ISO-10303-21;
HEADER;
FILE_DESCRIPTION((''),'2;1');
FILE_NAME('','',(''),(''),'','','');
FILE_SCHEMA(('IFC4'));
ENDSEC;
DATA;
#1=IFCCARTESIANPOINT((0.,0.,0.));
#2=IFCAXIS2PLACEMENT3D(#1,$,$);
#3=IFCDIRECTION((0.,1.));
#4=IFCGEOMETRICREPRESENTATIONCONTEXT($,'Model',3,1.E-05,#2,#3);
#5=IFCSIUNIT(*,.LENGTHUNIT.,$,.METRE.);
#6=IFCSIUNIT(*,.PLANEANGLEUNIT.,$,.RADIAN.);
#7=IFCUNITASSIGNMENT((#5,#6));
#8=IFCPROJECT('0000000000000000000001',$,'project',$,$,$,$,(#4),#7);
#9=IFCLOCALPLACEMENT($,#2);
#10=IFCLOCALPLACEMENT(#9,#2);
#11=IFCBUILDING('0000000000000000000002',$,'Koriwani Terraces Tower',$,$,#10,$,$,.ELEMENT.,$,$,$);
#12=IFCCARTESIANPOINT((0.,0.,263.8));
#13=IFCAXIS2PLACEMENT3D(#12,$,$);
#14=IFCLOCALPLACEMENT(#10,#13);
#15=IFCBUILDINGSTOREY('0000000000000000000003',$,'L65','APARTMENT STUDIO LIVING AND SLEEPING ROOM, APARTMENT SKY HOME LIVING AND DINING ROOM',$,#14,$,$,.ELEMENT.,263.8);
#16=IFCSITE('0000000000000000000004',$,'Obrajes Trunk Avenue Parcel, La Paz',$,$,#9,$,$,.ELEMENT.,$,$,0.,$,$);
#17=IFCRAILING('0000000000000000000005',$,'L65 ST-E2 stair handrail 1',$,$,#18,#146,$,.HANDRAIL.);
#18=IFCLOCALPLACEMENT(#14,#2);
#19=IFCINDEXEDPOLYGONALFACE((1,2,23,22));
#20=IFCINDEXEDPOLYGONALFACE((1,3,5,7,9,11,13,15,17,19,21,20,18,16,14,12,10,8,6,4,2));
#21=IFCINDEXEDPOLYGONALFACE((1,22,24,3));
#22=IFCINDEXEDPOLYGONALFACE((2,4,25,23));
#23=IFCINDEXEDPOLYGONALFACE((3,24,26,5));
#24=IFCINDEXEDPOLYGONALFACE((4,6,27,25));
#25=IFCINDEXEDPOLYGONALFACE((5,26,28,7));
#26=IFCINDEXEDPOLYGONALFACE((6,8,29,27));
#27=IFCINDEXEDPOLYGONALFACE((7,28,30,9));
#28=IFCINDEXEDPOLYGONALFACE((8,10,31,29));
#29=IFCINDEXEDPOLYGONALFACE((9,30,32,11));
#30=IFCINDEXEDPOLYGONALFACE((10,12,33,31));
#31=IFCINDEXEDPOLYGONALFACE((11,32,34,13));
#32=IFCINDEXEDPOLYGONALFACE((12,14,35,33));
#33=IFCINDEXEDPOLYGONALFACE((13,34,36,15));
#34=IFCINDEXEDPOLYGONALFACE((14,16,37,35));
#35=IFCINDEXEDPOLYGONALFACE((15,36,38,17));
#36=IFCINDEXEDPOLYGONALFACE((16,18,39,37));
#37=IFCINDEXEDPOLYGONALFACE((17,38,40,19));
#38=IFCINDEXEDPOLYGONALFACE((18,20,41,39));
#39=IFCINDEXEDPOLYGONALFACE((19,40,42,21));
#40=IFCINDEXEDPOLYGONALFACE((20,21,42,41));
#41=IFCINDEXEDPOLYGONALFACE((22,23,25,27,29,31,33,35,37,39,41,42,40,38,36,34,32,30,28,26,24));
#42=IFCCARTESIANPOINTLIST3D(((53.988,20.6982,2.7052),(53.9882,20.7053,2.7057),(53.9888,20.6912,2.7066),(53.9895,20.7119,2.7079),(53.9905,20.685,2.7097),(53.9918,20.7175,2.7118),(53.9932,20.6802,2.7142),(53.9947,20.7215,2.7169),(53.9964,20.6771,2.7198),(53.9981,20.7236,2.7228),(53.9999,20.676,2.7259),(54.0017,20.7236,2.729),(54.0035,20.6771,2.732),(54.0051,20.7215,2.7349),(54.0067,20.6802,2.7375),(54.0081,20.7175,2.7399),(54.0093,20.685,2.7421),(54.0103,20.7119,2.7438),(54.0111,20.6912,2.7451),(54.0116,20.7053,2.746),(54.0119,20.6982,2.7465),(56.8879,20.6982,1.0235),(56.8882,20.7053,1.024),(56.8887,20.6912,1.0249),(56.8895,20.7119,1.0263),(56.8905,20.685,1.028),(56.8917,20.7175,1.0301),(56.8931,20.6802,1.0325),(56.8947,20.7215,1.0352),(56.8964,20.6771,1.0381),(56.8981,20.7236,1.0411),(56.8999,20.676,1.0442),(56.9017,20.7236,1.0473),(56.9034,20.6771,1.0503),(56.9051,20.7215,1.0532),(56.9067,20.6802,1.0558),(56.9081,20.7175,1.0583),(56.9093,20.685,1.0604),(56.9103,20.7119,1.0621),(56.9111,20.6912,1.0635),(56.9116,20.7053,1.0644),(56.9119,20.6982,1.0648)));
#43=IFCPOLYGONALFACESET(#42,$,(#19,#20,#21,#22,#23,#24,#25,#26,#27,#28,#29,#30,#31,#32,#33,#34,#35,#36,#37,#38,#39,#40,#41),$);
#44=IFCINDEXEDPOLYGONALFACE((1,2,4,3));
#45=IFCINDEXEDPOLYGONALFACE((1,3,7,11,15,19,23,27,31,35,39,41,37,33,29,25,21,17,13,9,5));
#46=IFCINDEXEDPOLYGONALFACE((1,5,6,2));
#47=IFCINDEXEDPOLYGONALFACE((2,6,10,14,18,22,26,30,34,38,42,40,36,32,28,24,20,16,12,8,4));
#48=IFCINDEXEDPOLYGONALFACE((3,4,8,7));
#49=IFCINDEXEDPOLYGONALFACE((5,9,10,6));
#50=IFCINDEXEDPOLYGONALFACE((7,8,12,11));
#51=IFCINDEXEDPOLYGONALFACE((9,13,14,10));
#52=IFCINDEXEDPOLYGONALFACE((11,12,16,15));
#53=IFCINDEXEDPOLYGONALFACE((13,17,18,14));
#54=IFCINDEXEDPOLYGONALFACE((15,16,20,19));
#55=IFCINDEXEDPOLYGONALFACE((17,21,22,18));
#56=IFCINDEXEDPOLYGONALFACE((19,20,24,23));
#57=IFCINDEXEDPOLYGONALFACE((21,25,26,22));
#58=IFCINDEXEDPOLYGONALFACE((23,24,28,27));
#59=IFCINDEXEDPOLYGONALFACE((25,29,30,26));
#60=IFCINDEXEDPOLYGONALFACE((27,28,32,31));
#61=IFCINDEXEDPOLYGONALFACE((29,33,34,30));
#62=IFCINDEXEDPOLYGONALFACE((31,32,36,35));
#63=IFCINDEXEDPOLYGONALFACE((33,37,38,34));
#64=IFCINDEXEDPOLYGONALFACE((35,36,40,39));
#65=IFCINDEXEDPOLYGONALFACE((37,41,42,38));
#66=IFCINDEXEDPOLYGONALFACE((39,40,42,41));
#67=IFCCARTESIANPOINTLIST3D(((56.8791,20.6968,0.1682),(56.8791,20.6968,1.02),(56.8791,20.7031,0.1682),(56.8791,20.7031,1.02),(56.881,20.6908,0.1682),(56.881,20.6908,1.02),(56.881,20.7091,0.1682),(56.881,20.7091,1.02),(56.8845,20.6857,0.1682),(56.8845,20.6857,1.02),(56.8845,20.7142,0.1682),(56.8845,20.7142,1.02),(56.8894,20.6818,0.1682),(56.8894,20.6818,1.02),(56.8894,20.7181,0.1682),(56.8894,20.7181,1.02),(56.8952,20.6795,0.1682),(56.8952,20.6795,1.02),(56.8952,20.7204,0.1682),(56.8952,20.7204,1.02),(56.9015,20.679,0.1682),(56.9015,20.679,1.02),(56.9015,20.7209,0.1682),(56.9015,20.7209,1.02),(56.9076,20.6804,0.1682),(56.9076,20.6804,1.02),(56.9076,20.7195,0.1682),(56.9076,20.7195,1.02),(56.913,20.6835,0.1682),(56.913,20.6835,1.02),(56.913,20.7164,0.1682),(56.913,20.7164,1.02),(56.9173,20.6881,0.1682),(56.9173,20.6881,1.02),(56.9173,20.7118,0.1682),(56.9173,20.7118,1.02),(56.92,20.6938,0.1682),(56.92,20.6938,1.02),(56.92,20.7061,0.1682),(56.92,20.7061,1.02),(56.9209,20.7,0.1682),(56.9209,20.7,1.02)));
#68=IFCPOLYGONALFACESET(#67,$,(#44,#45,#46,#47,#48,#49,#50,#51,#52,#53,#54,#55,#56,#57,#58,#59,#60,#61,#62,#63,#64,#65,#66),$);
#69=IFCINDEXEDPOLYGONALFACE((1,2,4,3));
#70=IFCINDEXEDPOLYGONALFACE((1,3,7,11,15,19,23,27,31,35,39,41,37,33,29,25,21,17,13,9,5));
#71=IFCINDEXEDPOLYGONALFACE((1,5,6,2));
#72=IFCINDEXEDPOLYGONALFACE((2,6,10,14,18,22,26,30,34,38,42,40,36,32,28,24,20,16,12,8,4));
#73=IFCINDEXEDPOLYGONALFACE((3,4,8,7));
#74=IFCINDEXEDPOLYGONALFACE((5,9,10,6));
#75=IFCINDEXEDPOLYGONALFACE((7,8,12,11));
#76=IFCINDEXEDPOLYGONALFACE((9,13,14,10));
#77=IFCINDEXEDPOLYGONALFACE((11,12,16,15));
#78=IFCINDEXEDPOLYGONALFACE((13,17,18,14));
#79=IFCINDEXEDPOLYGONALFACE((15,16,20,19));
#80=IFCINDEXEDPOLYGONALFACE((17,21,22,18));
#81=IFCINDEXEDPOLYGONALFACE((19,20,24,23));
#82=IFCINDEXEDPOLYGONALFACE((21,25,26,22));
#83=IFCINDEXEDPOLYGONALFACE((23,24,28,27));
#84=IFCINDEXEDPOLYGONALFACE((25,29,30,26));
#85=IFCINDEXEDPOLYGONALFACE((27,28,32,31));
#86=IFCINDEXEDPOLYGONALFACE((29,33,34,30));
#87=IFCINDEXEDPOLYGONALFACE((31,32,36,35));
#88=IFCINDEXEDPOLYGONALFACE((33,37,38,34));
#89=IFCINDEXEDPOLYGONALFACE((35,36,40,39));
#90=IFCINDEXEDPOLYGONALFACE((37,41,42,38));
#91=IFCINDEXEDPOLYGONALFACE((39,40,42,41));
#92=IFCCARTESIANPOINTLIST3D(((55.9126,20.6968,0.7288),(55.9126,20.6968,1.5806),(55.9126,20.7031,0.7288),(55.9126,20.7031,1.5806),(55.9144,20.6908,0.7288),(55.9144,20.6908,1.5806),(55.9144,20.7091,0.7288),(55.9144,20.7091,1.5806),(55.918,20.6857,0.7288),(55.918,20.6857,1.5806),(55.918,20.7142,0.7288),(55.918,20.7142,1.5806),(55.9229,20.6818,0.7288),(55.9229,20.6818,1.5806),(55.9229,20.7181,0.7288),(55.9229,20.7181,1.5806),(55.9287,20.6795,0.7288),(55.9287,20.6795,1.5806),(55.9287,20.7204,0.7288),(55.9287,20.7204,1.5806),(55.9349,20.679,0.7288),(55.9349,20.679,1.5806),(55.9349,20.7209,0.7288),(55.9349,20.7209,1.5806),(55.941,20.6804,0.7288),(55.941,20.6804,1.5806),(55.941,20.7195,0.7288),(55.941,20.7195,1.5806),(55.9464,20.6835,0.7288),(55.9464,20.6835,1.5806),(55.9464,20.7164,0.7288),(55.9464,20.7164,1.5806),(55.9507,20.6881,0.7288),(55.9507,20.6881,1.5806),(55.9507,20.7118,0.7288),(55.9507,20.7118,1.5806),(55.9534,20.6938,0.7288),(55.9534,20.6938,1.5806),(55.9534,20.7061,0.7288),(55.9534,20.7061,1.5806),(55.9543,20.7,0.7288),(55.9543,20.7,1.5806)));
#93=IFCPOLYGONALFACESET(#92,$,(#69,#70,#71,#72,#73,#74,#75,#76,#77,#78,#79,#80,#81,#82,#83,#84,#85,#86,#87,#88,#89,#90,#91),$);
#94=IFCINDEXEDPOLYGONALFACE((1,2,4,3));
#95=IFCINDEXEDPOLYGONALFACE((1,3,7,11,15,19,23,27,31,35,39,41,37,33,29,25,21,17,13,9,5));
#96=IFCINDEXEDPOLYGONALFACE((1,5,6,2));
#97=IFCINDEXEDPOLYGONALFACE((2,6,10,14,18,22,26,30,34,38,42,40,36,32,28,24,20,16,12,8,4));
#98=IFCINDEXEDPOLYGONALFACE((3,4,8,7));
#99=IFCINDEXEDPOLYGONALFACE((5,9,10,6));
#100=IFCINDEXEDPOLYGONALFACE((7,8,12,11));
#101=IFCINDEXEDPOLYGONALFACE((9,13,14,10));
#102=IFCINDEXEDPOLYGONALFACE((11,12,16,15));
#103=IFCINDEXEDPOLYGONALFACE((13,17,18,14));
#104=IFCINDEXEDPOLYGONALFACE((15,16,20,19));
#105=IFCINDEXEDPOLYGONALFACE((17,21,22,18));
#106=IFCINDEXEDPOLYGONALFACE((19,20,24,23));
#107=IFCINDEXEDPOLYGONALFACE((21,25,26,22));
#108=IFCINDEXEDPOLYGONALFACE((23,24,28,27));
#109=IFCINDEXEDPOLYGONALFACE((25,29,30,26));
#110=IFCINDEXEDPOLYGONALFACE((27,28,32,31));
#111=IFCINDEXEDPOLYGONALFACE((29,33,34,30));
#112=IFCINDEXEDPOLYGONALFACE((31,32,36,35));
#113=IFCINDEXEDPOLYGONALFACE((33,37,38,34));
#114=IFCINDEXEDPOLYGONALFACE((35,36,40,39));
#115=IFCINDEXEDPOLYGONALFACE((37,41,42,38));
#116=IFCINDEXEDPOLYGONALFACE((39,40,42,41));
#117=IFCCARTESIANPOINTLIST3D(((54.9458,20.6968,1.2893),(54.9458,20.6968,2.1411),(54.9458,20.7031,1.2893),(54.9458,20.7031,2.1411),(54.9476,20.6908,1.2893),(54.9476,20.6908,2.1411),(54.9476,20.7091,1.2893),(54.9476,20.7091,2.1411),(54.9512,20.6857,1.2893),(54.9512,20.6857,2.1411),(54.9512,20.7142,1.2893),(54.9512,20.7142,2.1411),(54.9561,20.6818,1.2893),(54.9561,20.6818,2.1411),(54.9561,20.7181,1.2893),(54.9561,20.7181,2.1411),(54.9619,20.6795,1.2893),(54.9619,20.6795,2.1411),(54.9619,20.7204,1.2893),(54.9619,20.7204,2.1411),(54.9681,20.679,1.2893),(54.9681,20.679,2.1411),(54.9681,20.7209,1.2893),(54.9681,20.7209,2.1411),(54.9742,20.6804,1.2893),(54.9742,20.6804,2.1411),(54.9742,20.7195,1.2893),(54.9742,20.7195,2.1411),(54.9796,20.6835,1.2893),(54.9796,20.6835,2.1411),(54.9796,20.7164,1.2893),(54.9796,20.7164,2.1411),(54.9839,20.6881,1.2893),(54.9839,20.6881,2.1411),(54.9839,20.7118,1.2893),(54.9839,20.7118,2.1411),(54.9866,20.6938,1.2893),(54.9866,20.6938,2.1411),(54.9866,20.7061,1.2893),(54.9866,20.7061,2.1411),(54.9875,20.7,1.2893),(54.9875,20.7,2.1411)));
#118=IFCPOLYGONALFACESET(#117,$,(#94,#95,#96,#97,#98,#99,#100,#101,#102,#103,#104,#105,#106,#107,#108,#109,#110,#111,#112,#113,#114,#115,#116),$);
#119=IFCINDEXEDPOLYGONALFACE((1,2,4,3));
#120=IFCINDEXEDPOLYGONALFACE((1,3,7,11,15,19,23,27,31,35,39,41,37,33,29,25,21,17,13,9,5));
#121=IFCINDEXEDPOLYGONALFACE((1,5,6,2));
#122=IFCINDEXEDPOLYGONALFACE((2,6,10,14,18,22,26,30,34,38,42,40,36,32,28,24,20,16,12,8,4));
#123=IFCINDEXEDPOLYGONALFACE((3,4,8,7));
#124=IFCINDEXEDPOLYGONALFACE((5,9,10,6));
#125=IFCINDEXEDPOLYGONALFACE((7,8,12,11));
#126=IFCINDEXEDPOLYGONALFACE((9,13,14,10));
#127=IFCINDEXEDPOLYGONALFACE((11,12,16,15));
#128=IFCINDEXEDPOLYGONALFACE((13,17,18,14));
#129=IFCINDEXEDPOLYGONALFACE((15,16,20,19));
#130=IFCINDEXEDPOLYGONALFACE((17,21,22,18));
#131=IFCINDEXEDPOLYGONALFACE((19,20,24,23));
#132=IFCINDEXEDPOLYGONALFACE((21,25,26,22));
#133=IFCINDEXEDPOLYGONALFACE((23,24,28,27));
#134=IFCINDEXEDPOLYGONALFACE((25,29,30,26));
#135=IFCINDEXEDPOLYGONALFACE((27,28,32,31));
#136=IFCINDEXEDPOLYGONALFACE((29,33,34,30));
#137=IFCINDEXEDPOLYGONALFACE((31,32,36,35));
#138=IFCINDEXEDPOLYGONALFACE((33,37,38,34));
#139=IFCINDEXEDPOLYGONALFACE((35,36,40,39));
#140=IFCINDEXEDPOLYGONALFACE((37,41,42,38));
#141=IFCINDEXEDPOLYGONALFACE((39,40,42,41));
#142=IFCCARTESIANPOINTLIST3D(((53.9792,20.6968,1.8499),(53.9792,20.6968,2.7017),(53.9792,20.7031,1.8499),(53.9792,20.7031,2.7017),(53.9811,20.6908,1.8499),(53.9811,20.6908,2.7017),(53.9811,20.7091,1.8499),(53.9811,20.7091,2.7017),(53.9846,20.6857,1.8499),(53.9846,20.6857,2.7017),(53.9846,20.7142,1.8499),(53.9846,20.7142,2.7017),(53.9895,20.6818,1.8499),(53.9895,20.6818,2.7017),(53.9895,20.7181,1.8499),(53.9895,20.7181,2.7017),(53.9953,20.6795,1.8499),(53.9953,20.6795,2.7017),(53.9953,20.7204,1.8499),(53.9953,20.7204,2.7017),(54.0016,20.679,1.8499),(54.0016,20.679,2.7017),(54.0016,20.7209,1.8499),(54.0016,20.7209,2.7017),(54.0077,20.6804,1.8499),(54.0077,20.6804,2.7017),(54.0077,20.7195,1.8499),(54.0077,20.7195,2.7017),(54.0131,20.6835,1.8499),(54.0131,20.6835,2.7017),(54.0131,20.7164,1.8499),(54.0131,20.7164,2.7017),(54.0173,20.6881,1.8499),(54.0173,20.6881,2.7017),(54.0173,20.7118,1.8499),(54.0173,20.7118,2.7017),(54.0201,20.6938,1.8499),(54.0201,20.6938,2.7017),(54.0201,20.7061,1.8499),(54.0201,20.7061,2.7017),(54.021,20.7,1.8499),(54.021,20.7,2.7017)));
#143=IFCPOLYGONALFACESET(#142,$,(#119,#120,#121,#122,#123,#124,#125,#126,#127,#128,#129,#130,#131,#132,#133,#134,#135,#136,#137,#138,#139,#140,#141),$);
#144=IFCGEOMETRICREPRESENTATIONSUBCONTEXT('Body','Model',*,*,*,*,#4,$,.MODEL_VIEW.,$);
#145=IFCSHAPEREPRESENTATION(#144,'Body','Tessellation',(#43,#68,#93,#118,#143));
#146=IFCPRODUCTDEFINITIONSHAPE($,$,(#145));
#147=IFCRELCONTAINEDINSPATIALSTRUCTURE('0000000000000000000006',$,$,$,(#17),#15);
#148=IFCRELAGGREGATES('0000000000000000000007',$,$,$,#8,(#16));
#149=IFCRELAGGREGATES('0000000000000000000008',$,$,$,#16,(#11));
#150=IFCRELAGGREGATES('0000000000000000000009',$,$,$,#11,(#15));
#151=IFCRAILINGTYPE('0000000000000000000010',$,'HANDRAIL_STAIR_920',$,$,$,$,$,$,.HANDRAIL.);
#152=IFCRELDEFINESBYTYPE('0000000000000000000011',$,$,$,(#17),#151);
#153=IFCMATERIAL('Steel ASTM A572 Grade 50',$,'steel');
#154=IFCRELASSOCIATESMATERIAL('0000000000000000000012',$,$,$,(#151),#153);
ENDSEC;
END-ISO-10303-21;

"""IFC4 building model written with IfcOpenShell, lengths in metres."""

from ifc_helpers import new_model, si_unit, direction, frame, origin, origin_2d, place, context, subcontext, project, spatial, circle, extrude, material, type_object, element, save


model = new_model("IFC4")

# Units and contexts
model_context = context("Model", 3, precision=1e-05, world=origin(), true_north=direction((0.0, 1.0)))
body_context = subcontext(model_context, "Body", "Model", "MODEL_VIEW")
ifc_project = project(units=[si_unit("LENGTHUNIT", "METRE"), si_unit("PLANEANGLEUNIT", "RADIAN")], contexts=[model_context])

# Site, building, storey
site_placement = place(None, origin())
site = spatial("IfcSite", under=ifc_project, at=site_placement, Name="Obrajes Trunk Avenue Parcel, La Paz", CompositionType="ELEMENT", RefElevation=0.0)
building_placement = place(site_placement, origin())
building = spatial("IfcBuilding", under=site, at=building_placement, Name="Koriwani Terraces Tower", CompositionType="ELEMENT")
storey_placement = place(building_placement, frame((0.0, 0.0, 263.8)))
storey = spatial("IfcBuildingStorey", under=building, at=storey_placement, Name="L65", Description="APARTMENT STUDIO LIVING AND SLEEPING ROOM, APARTMENT SKY HOME LIVING AND DINING ROOM", CompositionType="ELEMENT", Elevation=263.8)

# Shared definitions
ifc_material_1 = material(Name="Steel ASTM A572 Grade 50", Category="steel")

# Railing
railing_type_1 = type_object("IfcRailingType", Name="HANDRAIL_STAIR_920", PredefinedType="HANDRAIL", material=ifc_material_1)
railing_1_placement = place(storey_placement, frame((56.8999, 20.7, 0.1682)))
element("IfcRailing", 1, at=railing_1_placement, inside=storey, type_object=railing_type_1, Name="L65 ST-E2 stair handrail 1", PredefinedType="HANDRAIL", context=body_context, shape_type="SweptSolid", body=[
    extrude(circle(Radius=0.0239, at=origin_2d()), frame((0.0, 0.0, 0.876), z_axis=(-0.86507, 0.0, 0.501651), x_axis=(0.0, -1.0, 0.0)), (0.0, 0.0, 1.0), 3.3523),
    extrude(circle(Radius=0.021, at=origin_2d()), origin(), (0.0, 0.0, 1.0), 0.8518),
    extrude(circle(Radius=0.021, at=origin_2d()), frame((-0.9666, 0.0, 0.5605)), (0.0, 0.0, 1.0), 0.8518),
    extrude(circle(Radius=0.021, at=origin_2d()), frame((-1.9333, 0.0, 1.1211)), (0.0, 0.0, 1.0), 0.8518),
    extrude(circle(Radius=0.021, at=origin_2d()), frame((-2.8999, 0.0, 1.6816)), (0.0, 0.0, 1.0), 0.8518),
])

save(model, "model.ifc")
